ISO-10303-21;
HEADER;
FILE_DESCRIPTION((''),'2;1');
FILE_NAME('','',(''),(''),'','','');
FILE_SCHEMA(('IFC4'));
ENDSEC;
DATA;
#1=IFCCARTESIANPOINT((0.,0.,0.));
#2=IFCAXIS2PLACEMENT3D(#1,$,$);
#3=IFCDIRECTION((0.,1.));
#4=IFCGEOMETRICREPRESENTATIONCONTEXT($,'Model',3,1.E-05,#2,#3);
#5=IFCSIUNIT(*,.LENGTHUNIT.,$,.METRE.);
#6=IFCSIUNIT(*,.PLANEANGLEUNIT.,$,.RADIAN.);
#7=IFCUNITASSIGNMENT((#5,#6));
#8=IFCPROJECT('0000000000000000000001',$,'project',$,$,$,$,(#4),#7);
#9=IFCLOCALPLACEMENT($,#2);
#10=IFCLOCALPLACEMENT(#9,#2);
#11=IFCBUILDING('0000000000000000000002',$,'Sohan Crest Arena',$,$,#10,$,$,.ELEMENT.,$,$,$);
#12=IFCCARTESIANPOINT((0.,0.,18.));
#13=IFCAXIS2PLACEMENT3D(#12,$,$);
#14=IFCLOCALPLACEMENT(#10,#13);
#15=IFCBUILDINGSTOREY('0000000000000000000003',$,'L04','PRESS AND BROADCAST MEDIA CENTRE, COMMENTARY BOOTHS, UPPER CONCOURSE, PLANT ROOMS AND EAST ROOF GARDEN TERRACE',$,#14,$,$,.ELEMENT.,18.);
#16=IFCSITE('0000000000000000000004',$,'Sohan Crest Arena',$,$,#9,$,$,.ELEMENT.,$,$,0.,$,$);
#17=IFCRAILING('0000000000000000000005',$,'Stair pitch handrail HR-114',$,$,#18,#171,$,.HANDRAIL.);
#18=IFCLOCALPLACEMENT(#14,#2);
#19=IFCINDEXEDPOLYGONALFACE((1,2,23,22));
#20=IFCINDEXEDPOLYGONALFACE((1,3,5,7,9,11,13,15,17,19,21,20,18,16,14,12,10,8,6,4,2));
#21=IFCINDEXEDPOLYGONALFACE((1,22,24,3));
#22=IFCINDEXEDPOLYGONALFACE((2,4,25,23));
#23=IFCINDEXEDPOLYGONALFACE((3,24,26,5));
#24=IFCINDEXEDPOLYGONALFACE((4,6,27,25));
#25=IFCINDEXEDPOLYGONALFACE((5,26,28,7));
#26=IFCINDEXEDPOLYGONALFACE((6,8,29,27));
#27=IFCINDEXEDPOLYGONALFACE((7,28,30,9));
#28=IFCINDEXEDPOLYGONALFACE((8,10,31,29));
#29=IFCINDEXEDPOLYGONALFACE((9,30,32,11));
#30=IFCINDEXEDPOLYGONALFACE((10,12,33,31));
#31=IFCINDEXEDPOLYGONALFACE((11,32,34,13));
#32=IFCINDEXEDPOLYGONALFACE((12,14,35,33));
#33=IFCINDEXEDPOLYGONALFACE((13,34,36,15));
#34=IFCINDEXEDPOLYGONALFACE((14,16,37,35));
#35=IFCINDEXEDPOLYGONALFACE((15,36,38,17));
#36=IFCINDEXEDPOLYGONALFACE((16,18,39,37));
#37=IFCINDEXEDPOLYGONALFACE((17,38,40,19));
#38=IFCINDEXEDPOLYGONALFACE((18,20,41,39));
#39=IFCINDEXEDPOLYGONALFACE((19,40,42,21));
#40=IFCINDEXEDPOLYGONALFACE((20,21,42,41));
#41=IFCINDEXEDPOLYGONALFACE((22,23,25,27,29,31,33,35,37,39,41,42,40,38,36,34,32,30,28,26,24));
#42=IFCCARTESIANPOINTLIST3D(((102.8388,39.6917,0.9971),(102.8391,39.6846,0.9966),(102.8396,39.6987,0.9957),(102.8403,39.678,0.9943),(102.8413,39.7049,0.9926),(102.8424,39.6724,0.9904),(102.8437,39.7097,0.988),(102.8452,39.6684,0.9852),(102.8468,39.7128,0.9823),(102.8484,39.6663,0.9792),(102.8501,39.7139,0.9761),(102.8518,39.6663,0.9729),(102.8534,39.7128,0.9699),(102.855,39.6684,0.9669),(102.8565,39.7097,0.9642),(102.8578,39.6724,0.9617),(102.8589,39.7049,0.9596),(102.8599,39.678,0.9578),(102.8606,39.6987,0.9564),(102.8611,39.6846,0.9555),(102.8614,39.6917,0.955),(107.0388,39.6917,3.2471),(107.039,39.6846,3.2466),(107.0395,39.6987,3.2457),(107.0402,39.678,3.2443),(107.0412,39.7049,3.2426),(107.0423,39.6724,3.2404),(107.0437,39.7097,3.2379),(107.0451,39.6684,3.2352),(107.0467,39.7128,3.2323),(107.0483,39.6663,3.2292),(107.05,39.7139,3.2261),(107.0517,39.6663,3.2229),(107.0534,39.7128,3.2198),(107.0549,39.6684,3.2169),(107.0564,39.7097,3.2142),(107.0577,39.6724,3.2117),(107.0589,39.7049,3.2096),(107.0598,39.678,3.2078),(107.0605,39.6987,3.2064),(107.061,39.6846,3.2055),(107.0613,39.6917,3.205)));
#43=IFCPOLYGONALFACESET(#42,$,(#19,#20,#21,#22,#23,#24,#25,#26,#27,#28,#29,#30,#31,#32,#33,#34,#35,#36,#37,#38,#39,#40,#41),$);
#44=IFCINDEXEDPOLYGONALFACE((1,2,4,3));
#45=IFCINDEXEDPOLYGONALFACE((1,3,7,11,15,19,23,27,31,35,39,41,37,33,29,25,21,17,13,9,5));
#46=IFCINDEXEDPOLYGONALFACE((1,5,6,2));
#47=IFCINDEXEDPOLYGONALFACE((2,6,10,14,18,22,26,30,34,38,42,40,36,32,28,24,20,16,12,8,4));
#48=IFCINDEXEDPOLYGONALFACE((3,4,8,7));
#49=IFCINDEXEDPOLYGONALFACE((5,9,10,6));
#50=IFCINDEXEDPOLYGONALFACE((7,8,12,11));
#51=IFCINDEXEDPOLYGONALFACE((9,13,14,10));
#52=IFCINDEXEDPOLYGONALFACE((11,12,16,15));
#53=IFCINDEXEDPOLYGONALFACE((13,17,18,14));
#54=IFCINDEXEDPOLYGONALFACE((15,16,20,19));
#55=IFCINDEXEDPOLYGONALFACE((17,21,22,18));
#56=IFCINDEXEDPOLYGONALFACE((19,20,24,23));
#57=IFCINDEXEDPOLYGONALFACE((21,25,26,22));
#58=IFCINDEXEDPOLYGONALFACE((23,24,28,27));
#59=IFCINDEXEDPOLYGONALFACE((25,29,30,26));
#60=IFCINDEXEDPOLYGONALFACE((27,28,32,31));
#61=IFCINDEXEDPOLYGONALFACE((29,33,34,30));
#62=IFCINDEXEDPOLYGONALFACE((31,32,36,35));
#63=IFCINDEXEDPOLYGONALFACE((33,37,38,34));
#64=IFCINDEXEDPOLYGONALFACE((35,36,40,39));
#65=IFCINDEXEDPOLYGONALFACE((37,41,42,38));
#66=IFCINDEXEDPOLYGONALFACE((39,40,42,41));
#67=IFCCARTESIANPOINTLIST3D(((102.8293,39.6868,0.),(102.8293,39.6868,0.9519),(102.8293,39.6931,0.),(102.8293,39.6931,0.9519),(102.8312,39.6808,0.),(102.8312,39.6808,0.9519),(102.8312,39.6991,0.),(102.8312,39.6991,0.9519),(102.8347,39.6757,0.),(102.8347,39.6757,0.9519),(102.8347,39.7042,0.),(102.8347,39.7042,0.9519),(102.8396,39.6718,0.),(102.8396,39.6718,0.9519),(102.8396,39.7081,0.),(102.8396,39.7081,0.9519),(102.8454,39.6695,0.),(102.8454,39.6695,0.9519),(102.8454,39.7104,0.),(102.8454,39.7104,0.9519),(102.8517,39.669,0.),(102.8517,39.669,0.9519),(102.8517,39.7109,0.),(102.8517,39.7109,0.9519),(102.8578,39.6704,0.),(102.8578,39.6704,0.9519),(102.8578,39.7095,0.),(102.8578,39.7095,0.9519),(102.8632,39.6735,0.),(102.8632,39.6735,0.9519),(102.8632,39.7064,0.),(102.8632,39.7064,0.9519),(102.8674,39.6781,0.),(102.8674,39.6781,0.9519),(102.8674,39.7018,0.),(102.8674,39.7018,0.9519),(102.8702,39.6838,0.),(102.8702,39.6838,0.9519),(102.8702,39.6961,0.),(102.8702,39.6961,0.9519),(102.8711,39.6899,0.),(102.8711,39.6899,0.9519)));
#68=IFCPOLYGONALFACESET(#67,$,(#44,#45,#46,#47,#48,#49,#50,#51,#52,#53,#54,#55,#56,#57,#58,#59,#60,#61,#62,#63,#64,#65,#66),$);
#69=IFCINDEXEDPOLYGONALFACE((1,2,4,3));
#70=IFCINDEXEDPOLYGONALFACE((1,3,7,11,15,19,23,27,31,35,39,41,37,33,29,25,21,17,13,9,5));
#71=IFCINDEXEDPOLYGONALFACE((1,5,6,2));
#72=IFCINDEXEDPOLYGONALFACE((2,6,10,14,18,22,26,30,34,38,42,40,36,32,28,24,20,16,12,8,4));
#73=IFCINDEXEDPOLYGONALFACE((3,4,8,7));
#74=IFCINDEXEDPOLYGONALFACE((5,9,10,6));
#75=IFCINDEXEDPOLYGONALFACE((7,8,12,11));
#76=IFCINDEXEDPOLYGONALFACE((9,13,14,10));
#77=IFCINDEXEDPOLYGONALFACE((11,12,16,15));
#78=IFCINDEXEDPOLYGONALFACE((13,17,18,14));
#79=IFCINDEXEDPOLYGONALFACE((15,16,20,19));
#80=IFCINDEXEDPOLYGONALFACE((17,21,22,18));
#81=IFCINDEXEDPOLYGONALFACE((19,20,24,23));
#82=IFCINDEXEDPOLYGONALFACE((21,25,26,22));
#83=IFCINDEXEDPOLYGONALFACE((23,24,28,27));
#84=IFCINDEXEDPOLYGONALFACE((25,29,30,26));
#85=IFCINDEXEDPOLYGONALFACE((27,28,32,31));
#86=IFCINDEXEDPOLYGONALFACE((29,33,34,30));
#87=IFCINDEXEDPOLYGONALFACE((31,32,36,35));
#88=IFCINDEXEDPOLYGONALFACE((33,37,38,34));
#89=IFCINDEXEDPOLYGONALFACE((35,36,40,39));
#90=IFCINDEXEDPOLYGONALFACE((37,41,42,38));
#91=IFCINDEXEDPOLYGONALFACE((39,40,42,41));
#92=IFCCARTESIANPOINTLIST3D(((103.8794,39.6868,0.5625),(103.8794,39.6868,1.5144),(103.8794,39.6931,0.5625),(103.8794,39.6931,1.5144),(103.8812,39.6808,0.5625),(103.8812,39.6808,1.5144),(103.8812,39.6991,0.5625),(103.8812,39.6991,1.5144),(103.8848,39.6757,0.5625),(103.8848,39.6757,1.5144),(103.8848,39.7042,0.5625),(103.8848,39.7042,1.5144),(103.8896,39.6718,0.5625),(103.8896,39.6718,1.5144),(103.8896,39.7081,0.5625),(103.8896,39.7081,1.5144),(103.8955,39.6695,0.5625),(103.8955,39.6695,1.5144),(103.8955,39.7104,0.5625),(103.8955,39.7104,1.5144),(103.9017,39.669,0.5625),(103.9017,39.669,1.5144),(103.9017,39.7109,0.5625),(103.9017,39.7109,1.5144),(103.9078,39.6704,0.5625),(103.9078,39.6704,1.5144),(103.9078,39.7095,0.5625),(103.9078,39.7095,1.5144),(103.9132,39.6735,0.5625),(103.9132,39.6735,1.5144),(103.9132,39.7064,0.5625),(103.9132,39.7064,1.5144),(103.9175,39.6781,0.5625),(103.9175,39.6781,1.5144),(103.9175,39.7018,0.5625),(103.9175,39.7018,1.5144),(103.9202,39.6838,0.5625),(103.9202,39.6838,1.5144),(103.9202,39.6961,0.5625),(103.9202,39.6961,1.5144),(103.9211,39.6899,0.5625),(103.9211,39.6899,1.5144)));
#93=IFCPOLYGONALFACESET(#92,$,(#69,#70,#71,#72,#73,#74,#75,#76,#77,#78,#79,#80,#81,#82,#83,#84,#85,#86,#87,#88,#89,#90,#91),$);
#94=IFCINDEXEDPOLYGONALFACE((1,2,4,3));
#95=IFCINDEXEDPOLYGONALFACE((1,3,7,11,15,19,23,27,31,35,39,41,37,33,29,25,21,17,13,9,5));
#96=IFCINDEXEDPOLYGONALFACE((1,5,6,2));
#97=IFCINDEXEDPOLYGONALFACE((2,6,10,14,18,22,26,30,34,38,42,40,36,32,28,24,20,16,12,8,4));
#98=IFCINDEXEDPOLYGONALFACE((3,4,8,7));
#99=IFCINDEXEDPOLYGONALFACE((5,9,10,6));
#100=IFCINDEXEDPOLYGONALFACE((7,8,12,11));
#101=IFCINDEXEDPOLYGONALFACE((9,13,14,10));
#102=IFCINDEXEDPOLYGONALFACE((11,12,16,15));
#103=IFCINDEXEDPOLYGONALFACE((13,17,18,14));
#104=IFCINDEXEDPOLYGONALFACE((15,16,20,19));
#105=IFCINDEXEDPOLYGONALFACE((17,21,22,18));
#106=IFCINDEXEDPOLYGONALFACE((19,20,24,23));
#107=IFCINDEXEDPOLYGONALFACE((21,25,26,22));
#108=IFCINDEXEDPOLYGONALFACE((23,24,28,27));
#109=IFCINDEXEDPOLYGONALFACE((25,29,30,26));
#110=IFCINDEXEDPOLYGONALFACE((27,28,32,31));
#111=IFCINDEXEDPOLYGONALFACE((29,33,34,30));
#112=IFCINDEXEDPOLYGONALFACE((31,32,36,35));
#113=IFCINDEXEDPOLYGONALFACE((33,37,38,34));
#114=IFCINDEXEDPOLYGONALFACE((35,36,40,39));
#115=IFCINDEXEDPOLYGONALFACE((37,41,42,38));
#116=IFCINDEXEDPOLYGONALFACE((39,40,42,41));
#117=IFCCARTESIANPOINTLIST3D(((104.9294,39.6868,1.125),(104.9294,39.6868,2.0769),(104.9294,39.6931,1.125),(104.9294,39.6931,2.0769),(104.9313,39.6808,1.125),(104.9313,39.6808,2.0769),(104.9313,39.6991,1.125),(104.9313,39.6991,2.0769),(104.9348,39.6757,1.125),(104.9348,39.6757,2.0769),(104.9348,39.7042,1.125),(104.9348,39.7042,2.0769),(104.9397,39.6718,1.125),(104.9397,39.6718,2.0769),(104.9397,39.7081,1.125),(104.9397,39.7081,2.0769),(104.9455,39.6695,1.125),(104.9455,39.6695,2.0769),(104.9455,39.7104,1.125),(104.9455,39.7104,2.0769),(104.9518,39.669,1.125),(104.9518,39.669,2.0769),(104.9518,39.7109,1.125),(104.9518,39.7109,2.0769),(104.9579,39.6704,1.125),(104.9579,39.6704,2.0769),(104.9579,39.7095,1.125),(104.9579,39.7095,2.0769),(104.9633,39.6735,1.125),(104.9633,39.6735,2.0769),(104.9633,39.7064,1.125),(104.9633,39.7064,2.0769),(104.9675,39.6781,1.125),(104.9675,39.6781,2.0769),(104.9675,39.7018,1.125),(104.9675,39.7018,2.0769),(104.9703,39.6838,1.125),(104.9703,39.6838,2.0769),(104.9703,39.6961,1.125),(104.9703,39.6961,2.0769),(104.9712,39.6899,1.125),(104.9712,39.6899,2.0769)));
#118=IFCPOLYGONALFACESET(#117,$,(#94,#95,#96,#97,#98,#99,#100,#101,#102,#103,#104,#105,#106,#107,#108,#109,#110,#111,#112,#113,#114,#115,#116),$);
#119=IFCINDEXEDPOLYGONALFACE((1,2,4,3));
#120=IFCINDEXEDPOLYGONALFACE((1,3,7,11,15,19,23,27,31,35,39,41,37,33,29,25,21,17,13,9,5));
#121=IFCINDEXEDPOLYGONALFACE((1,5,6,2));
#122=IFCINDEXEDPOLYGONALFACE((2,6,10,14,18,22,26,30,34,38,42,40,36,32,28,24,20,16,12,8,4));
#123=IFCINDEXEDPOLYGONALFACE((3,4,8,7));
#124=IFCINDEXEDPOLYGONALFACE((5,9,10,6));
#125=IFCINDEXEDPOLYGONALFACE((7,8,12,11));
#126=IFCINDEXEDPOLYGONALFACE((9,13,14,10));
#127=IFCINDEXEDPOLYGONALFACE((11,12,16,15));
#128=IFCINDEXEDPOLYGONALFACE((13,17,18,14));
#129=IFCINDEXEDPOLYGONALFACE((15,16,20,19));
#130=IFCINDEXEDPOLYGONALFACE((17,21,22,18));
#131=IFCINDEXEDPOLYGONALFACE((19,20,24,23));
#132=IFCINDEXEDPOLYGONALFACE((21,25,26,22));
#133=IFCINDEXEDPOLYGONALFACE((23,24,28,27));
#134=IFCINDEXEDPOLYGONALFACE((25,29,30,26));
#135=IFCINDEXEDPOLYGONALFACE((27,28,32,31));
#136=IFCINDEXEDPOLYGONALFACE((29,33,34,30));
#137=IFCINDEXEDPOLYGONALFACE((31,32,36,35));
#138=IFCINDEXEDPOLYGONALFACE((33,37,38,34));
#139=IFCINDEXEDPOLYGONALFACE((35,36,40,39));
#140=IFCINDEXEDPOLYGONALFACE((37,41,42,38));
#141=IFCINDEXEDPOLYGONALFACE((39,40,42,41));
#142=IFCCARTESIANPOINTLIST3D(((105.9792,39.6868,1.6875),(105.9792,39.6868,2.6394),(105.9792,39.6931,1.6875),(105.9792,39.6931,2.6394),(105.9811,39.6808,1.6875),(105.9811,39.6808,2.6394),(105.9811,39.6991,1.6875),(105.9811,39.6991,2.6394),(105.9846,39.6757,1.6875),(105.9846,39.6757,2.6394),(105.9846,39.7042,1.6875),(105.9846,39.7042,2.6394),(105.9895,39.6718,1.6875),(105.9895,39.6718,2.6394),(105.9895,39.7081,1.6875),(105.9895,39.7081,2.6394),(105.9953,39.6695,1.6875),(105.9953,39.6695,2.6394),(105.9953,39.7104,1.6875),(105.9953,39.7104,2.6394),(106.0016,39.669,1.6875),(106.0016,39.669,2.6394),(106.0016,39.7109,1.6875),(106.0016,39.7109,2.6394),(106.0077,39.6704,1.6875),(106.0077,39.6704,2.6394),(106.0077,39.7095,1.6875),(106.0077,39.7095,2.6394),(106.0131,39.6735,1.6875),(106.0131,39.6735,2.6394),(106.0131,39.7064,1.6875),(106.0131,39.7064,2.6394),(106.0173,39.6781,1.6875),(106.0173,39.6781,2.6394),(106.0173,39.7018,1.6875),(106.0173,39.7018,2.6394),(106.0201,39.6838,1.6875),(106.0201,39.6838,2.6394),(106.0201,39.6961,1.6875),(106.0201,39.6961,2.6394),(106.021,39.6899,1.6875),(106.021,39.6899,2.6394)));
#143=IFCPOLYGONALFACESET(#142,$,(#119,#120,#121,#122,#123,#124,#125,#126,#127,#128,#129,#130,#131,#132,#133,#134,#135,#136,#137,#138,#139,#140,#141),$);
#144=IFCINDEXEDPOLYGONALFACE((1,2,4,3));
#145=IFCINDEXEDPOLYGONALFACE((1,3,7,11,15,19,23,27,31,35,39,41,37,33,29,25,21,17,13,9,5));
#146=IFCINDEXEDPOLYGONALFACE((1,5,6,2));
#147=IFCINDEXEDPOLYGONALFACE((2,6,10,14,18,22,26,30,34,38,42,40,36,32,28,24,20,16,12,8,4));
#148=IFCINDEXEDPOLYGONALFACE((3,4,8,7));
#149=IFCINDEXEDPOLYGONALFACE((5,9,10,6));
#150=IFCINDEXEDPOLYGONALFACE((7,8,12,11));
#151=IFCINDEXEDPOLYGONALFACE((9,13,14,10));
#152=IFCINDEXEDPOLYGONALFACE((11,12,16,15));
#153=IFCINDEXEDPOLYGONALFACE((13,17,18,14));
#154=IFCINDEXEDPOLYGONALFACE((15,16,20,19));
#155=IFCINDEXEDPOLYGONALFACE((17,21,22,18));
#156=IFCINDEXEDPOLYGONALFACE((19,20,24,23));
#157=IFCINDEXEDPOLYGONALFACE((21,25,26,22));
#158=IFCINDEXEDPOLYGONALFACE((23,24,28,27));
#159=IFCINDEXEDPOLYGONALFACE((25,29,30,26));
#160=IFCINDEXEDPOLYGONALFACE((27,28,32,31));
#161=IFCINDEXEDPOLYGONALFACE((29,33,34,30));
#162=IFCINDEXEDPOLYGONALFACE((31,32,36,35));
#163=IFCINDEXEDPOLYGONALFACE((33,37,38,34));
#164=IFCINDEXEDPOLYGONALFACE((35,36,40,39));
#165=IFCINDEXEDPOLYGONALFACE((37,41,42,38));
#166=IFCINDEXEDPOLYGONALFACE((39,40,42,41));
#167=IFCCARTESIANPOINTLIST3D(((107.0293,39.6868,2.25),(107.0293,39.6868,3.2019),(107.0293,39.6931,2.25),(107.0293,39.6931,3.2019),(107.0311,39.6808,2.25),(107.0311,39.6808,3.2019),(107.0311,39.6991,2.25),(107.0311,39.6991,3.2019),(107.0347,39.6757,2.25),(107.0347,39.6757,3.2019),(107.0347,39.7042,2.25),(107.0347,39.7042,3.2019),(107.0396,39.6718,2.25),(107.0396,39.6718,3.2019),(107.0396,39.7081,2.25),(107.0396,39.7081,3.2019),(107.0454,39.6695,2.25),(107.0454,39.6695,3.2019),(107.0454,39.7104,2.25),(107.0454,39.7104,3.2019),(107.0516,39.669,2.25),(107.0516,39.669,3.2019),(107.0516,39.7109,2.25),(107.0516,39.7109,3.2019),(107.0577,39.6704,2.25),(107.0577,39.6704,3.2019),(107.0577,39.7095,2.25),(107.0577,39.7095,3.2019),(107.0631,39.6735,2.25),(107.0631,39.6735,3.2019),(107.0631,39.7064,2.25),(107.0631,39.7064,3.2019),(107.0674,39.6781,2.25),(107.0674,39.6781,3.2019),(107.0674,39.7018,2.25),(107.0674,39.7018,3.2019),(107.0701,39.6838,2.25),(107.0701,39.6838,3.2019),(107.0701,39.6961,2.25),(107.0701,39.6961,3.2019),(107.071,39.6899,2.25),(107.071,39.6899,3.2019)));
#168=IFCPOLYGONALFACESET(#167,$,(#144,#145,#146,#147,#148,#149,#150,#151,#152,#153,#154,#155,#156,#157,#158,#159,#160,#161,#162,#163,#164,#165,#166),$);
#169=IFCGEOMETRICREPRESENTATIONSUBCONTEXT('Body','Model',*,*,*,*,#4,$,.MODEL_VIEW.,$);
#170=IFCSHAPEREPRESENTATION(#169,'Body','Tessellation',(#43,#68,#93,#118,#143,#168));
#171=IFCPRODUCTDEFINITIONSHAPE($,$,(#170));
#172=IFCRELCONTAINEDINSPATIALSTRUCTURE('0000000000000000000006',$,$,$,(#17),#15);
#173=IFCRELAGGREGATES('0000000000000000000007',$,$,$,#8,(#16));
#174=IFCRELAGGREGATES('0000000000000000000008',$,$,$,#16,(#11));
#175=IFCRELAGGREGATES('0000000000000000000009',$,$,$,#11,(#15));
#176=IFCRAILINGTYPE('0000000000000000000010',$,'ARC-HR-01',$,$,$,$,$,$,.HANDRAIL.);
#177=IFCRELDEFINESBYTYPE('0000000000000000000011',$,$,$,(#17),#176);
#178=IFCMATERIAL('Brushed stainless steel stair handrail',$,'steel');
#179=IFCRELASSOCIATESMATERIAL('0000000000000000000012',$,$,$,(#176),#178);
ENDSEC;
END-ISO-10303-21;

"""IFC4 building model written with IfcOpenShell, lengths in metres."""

from ifc_helpers import new_model, si_unit, direction, frame, origin, origin_2d, place, context, subcontext, project, spatial, circle, extrude, material, type_object, element, save


model = new_model("IFC4")

# Units and contexts
model_context = context("Model", 3, precision=1e-05, world=origin(), true_north=direction((0.0, 1.0)))
body_context = subcontext(model_context, "Body", "Model", "MODEL_VIEW")
ifc_project = project(units=[si_unit("LENGTHUNIT", "METRE"), si_unit("PLANEANGLEUNIT", "RADIAN")], contexts=[model_context])

# Site, building, storey
site_placement = place(None, origin())
site = spatial("IfcSite", under=ifc_project, at=site_placement, Name="Sohan Crest Arena", CompositionType="ELEMENT", RefElevation=0.0)
building_placement = place(site_placement, origin())
building = spatial("IfcBuilding", under=site, at=building_placement, Name="Sohan Crest Arena", CompositionType="ELEMENT")
storey_placement = place(building_placement, frame((0.0, 0.0, 18.0)))
storey = spatial("IfcBuildingStorey", under=building, at=storey_placement, Name="L04", Description="PRESS AND BROADCAST MEDIA CENTRE, COMMENTARY BOOTHS, UPPER CONCOURSE, PLANT ROOMS AND EAST ROOF GARDEN TERRACE", CompositionType="ELEMENT", Elevation=18.0)

# Railing
ifc_material_1 = material(Name="Brushed stainless steel stair handrail", Category="steel")
railing_type_1 = type_object("IfcRailingType", Name="ARC-HR-01", PredefinedType="HANDRAIL", material=ifc_material_1)
for number, where, name in (
    (1, (102.8501, 39.6899, 0.0), "Stair pitch handrail HR-114"),
):
    element("IfcRailing", number, at=place(storey_placement, frame(where)), inside=storey, type_object=railing_type_1, Name=name, PredefinedType="HANDRAIL", context=body_context, shape_type="SweptSolid", body=[
        extrude(circle(Radius=0.0239, at=origin_2d()), frame((0.0, 0.0, 0.9761), z_axis=(0.881478, 0.0, 0.472226), x_axis=(0.0, 1.0, 0.0)), (0.0, 0.0, 1.0), 4.7646),
        extrude(circle(Radius=0.021, at=origin_2d()), origin(), (0.0, 0.0, 1.0), 0.9519),
        extrude(circle(Radius=0.021, at=origin_2d()), frame((1.05, 0.0, 0.5625)), (0.0, 0.0, 1.0), 0.9519),
        extrude(circle(Radius=0.021, at=origin_2d()), frame((2.1001, 0.0, 1.125)), (0.0, 0.0, 1.0), 0.9519),
        extrude(circle(Radius=0.021, at=origin_2d()), frame((3.1499, 0.0, 1.6875)), (0.0, 0.0, 1.0), 0.9519),
        extrude(circle(Radius=0.021, at=origin_2d()), frame((4.2, 0.0, 2.25)), (0.0, 0.0, 1.0), 0.9519),
    ])

save(model, "model.ifc")
